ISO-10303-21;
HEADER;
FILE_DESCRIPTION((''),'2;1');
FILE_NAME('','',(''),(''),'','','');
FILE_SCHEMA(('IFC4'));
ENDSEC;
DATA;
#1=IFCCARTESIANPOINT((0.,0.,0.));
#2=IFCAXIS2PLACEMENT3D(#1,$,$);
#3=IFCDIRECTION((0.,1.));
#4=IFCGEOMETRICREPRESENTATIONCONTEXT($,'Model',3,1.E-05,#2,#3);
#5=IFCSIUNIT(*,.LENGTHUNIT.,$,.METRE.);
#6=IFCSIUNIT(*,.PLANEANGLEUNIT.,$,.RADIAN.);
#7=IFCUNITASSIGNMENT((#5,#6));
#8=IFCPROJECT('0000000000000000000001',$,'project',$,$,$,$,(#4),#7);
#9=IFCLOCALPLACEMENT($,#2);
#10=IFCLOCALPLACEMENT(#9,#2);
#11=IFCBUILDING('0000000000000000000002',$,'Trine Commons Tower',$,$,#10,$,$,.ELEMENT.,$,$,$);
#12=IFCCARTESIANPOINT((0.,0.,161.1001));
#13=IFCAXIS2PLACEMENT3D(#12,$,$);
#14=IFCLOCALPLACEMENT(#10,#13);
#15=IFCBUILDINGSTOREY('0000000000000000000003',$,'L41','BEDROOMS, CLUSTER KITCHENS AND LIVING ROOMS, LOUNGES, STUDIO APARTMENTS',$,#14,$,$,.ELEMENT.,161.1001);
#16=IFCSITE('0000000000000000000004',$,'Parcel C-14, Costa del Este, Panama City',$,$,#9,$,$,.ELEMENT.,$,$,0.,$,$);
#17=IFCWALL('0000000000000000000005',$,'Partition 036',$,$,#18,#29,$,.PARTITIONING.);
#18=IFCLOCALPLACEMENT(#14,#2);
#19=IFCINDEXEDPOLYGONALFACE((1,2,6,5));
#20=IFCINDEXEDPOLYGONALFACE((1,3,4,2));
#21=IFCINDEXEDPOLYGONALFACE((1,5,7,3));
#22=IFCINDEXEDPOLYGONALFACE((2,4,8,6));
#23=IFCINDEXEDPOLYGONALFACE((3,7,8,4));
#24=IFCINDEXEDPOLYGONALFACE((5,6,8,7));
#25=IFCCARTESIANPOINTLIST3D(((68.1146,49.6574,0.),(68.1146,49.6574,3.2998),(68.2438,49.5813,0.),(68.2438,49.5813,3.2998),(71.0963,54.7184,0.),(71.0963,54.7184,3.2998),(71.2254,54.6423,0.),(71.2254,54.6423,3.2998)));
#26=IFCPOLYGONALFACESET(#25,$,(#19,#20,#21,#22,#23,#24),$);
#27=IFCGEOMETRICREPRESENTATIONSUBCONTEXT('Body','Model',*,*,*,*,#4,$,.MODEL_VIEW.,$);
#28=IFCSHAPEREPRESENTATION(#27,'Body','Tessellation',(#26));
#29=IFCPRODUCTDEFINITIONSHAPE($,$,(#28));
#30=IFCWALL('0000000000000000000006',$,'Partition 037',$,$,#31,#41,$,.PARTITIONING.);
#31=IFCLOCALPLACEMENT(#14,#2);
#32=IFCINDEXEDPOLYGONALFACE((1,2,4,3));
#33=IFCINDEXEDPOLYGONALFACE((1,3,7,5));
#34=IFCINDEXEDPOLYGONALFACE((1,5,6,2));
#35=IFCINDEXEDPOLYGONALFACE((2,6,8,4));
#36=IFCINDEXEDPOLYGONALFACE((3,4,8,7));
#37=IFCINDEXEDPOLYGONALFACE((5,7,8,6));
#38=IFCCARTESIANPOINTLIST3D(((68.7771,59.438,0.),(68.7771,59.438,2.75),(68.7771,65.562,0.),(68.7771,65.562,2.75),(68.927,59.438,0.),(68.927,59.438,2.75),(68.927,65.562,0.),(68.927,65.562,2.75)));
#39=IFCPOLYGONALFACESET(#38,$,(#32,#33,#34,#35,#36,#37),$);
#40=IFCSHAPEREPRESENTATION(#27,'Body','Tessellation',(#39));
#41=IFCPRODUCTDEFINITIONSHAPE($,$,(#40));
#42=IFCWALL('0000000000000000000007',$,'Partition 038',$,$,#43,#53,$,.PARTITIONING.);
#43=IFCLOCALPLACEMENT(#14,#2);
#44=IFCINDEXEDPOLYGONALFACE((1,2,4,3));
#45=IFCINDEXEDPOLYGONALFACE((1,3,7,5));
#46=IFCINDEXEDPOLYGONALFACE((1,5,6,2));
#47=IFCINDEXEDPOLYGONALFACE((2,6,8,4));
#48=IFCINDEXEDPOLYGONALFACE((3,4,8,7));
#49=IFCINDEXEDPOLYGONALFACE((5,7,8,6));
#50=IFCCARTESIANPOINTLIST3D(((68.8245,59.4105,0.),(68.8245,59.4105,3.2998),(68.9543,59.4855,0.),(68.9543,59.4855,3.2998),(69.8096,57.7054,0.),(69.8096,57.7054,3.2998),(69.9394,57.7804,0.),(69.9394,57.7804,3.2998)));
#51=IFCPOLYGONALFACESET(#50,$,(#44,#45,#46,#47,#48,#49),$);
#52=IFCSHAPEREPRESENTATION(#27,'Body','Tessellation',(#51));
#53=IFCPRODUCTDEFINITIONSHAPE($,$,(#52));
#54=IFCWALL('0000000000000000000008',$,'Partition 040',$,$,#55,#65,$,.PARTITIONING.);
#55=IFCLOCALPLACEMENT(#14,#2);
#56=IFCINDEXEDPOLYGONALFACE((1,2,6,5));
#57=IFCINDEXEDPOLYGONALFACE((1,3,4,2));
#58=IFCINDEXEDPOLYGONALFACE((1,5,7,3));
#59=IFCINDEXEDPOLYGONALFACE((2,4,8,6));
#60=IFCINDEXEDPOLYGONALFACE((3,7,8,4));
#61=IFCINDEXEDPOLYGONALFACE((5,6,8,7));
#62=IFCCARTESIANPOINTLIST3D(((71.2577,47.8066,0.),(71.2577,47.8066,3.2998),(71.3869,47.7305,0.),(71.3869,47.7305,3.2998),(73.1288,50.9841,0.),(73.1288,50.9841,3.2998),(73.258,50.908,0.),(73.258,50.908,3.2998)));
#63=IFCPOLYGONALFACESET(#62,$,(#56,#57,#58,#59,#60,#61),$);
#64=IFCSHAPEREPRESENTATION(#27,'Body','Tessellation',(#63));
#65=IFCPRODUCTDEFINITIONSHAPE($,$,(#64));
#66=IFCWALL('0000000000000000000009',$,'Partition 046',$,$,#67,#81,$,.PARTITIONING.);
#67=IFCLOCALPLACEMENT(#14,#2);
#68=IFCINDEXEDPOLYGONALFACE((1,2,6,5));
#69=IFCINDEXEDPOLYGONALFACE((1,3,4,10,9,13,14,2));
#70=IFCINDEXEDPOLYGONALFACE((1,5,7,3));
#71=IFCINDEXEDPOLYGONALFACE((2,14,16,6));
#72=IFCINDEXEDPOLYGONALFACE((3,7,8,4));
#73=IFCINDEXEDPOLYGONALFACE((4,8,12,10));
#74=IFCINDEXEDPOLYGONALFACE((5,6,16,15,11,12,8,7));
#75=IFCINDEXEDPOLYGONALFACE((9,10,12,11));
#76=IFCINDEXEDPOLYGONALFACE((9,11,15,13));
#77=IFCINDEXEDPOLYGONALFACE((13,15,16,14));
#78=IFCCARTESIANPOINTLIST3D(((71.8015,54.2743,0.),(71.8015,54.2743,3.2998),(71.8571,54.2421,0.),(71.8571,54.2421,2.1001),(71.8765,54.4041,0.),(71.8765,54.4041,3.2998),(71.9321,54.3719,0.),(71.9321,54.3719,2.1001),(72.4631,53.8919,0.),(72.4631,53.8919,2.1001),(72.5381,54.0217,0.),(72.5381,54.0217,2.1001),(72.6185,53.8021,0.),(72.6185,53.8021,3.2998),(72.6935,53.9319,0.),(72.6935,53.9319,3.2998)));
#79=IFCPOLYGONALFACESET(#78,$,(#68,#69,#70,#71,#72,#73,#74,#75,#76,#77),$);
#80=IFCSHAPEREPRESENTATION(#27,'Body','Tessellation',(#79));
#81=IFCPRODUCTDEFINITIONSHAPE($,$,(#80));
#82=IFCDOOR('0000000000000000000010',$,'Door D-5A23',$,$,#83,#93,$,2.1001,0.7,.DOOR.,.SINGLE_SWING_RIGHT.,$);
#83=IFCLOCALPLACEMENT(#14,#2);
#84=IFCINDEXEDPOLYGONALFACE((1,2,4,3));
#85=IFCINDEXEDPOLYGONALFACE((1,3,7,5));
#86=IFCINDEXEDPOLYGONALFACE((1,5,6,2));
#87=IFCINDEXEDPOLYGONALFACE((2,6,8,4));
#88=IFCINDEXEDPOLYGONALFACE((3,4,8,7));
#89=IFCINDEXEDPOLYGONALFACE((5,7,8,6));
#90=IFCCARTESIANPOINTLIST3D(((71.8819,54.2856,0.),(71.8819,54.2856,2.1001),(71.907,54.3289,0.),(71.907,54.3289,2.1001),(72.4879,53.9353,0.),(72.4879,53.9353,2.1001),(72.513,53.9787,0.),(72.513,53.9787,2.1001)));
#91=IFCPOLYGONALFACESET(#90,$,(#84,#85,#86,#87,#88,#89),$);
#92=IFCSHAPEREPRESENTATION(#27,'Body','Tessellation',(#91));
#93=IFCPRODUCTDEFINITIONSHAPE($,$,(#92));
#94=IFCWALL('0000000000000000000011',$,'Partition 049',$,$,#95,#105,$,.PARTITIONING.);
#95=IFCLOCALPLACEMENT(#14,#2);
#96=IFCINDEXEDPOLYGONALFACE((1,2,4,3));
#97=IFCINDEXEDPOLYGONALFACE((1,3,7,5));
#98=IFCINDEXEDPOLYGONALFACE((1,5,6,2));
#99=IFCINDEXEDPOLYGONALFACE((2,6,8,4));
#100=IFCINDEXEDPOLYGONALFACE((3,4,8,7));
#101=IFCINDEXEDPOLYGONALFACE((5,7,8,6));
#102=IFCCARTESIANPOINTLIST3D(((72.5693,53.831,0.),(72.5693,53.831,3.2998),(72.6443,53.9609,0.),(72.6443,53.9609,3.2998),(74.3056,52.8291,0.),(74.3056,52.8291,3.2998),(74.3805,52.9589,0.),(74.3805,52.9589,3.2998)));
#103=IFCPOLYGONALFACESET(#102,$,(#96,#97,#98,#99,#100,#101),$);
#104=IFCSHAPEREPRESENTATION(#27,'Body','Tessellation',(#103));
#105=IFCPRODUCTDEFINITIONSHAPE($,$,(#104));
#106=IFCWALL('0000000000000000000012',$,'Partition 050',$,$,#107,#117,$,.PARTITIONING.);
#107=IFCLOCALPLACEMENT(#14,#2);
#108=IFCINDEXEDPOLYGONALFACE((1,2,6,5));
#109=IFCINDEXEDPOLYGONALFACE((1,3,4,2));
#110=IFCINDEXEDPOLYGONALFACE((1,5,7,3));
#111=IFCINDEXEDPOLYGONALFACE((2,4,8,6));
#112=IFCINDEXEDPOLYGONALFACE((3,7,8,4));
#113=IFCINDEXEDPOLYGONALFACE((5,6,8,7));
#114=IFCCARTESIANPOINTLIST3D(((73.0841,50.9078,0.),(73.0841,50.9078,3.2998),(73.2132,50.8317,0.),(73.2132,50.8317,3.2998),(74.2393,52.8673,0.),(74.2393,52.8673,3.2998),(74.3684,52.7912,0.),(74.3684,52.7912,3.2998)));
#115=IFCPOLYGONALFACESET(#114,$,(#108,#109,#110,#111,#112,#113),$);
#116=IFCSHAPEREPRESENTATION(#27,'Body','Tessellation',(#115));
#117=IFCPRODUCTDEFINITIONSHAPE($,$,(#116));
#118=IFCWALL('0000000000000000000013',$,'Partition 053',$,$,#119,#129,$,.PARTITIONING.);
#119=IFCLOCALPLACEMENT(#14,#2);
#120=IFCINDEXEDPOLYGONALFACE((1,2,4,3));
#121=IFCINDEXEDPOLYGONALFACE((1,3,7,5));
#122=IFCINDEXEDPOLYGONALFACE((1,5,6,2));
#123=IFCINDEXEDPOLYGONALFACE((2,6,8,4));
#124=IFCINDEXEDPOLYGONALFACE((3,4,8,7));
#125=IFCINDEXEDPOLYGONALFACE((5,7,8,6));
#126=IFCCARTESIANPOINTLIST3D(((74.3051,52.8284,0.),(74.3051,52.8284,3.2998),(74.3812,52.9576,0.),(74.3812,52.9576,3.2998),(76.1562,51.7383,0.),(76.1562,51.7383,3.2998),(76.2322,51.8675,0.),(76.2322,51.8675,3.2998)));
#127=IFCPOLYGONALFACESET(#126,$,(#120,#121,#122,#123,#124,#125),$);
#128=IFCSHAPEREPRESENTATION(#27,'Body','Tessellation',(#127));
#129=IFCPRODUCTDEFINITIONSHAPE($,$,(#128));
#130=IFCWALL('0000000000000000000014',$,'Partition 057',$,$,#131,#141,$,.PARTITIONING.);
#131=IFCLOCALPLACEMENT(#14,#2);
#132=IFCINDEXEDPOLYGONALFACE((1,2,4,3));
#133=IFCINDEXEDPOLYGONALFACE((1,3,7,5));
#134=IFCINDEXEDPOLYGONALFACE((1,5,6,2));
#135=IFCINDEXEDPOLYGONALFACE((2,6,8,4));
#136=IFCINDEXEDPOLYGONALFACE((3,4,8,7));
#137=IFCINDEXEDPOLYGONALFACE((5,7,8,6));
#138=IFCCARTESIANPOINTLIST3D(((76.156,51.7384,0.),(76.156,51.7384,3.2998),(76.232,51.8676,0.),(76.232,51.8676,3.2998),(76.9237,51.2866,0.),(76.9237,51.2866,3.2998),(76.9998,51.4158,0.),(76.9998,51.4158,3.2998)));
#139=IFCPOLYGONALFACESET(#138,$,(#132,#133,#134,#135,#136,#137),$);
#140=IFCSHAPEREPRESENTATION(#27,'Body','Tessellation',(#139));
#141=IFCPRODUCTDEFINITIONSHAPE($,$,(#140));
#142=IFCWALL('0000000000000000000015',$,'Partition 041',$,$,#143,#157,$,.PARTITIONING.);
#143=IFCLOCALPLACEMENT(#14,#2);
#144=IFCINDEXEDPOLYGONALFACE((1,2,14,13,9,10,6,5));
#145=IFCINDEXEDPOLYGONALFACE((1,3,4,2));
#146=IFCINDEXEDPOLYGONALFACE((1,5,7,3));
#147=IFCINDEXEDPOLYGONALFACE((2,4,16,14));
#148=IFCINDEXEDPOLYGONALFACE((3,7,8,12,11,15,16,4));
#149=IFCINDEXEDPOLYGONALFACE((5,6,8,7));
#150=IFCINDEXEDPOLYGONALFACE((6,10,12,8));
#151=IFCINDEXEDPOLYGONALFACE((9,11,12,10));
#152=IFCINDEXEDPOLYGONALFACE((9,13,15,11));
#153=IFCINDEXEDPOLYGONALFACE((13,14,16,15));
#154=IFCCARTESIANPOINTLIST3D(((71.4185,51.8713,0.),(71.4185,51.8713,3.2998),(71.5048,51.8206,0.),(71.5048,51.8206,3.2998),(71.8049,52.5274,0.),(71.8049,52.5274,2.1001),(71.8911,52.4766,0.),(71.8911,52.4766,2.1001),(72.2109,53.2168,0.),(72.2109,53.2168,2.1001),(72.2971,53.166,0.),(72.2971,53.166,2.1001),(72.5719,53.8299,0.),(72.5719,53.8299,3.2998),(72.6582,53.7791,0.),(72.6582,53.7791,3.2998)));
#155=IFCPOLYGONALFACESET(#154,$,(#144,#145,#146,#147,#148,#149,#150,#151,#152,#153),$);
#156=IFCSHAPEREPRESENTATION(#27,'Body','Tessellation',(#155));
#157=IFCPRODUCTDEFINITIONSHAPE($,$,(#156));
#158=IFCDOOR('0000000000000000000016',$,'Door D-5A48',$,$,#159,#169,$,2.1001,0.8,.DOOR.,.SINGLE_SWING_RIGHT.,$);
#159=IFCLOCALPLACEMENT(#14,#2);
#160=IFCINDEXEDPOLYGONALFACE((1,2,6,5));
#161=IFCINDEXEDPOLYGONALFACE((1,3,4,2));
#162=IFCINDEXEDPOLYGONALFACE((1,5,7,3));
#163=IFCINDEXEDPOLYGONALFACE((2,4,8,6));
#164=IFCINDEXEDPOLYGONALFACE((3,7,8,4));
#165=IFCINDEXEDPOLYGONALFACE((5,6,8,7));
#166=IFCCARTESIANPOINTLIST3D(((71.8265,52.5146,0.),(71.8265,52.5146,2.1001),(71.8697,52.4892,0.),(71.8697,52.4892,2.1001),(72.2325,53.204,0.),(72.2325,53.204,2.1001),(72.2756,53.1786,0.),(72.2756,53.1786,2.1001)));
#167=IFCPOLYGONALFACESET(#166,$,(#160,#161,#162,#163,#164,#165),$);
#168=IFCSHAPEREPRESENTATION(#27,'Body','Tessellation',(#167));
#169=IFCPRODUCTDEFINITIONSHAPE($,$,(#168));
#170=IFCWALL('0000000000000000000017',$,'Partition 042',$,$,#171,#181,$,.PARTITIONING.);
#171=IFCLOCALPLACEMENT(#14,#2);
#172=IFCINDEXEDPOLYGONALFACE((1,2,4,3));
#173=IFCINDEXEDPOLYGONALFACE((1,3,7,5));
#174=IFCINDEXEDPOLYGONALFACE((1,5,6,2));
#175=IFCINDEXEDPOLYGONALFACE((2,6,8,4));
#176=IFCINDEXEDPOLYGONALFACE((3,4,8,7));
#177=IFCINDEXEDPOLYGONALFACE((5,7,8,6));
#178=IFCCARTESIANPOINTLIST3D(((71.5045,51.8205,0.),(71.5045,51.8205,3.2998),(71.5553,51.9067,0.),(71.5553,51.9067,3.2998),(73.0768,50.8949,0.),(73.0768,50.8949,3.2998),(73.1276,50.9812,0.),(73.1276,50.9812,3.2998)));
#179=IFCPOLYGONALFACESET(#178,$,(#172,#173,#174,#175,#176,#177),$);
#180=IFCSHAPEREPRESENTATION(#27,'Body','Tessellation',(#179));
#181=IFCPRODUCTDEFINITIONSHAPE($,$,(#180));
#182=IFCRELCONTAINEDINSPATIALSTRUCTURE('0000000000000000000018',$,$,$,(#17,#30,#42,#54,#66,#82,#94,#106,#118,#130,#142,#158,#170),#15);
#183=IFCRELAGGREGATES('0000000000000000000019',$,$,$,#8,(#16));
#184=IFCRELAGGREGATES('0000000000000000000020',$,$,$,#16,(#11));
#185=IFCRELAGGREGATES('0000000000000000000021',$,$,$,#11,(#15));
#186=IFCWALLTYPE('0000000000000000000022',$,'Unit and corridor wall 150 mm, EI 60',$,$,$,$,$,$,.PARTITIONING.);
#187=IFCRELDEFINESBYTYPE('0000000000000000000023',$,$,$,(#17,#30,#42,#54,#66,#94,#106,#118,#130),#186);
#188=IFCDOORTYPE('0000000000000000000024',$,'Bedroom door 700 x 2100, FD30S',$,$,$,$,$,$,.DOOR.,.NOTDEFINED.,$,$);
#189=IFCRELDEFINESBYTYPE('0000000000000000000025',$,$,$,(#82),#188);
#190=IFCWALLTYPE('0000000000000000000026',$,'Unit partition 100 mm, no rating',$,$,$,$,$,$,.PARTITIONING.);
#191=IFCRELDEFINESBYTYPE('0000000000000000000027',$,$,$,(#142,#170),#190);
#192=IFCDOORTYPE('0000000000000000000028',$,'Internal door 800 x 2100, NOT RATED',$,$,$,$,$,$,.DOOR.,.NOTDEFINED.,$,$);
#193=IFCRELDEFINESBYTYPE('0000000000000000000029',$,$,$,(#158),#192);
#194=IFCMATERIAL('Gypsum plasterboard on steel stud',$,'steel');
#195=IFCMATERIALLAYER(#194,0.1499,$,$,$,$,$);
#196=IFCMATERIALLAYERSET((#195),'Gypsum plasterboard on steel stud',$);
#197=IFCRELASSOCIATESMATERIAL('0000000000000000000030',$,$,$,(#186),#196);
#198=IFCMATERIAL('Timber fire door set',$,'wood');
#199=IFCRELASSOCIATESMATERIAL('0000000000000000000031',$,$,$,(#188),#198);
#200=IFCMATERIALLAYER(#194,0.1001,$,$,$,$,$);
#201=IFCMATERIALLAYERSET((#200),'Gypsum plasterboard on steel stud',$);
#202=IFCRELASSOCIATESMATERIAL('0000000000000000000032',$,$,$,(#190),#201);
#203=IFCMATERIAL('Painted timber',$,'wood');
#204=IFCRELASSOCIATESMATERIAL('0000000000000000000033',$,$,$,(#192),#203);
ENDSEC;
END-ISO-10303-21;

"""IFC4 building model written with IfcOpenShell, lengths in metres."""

from ifc_helpers import new_model, si_unit, direction, frame, frame_2d, origin, place, context, subcontext, project, spatial, rectangle, extrude, material, layer, layer_set, type_object, element, fill, save


model = new_model("IFC4")

# Units and contexts
model_context = context("Model", 3, precision=1e-05, world=origin(), true_north=direction((0.0, 1.0)))
body_context = subcontext(model_context, "Body", "Model", "MODEL_VIEW")
ifc_project = project(units=[si_unit("LENGTHUNIT", "METRE"), si_unit("PLANEANGLEUNIT", "RADIAN")], contexts=[model_context])

# Site, building, storey
site_placement = place(None, origin())
site = spatial("IfcSite", under=ifc_project, at=site_placement, Name="Parcel C-14, Costa del Este, Panama City", CompositionType="ELEMENT", RefElevation=0.0)
building_placement = place(site_placement, origin())
building = spatial("IfcBuilding", under=site, at=building_placement, Name="Trine Commons Tower", CompositionType="ELEMENT")
storey_placement = place(building_placement, frame((0.0, 0.0, 161.1001)))
storey = spatial("IfcBuildingStorey", under=building, at=storey_placement, Name="L41", Description="BEDROOMS, CLUSTER KITCHENS AND LIVING ROOMS, LOUNGES, STUDIO APARTMENTS", CompositionType="ELEMENT", Elevation=161.1001)

# Shared definitions
ifc_material_1 = material(Name="Gypsum plasterboard on steel stud", Category="steel")
ifc_layer_1 = layer(ifc_material_1, 0.1499)
ifc_layer_set_1 = layer_set([ifc_layer_1], Name="Gypsum plasterboard on steel stud")
wall_type_1 = type_object("IfcWallType", Name="Unit and corridor wall 150 mm, EI 60", PredefinedType="PARTITIONING", material=ifc_layer_set_1)
ifc_material_2 = material(Name="Timber fire door set", Category="wood")

# Walls
wall_1_placement = place(storey_placement, frame((68.1792, 49.6194, 0.0), z_axis=(0.0, 0.0, 1.0), x_axis=(0.507603, 0.861591, 0.0)))
element("IfcWall", 1, at=wall_1_placement, inside=storey, type_object=wall_type_1, Name="Partition 036", PredefinedType="PARTITIONING", context=body_context, shape_type="SweptSolid", body=[
    extrude(rectangle(XDim=5.874, YDim=0.1499, at=frame_2d((2.937, 0.0))), origin(), (0.0, 0.0, 1.0), 3.2998),
])
wall_2_placement = place(storey_placement, frame((68.8521, 59.438, 0.0), z_axis=(0.0, 0.0, 1.0), x_axis=(0.0, 1.0, 0.0)))
element("IfcWall", 2, at=wall_2_placement, inside=storey, type_object=wall_type_1, Name="Partition 037", PredefinedType="PARTITIONING", context=body_context, shape_type="SweptSolid", body=[
    extrude(rectangle(XDim=6.124, YDim=0.1499, at=frame_2d((3.062, 0.0))), origin(), (0.0, 0.0, 1.0), 2.75),
])
wall_3_placement = place(storey_placement, frame((68.8894, 59.448, 0.0), z_axis=(0.0, 0.0, 1.0), x_axis=(0.500259, -0.865876, 0.0)))
element("IfcWall", 3, at=wall_3_placement, inside=storey, type_object=wall_type_1, Name="Partition 038", PredefinedType="PARTITIONING", context=body_context, shape_type="SweptSolid", body=[
    extrude(rectangle(XDim=1.9692, YDim=0.1499, at=frame_2d((0.9846, 0.0))), origin(), (0.0, 0.0, 1.0), 3.2998),
])
wall_4_placement = place(storey_placement, frame((71.3223, 47.7686, 0.0), z_axis=(0.0, 0.0, 1.0), x_axis=(0.507419, 0.861699, 0.0)))
element("IfcWall", 4, at=wall_4_placement, inside=storey, type_object=wall_type_1, Name="Partition 040", PredefinedType="PARTITIONING", context=body_context, shape_type="SweptSolid", body=[
    extrude(rectangle(XDim=3.6875, YDim=0.1499, at=frame_2d((1.8438, 0.0))), origin(), (0.0, 0.0, 1.0), 3.2998),
])

# Wall, opening, door
wall_5_placement = place(storey_placement, frame((71.8391, 54.3391, 0.0), z_axis=(0.0, 0.0, 1.0), x_axis=(0.86578, -0.500424, 0.0)))
wall_5 = element("IfcWall", 5, at=wall_5_placement, inside=storey, type_object=wall_type_1, Name="Partition 046", PredefinedType="PARTITIONING", context=body_context, shape_type="SweptSolid", body=[
    extrude(rectangle(XDim=0.9436, YDim=0.1499, at=frame_2d((0.4717, 0.0))), origin(), (0.0, 0.0, 1.0), 3.2998),
])
opening_1_placement = place(wall_5_placement, frame((0.064, 0.0, 0.0)))
opening_1 = element("IfcOpeningElement", 6, at=opening_1_placement, cuts=wall_5, PredefinedType="OPENING", context=body_context, shape_type="SweptSolid", body=[
    extrude(rectangle(XDim=0.7, YDim=2.1001, at=frame_2d((0.3501, 1.05))), frame((0.0, 0.085, 0.0), z_axis=(0.0, -1.0, 0.0), x_axis=(1.0, 0.0, 0.0)), (0.0, 0.0, 1.0), 0.1699),
])
door_type_1 = type_object("IfcDoorType", Name="Bedroom door 700 x 2100, FD30S", OperationType="NOTDEFINED", PredefinedType="DOOR", material=ifc_material_2)
door_1_placement = place(opening_1_placement, frame((0.7, 0.0, 0.0), z_axis=(0.0, 0.0, 1.0), x_axis=(-1.0, 0.0, 0.0)))
door_1 = element("IfcDoor", 7, at=door_1_placement, inside=storey, type_object=door_type_1, Name="Door D-5A23", OperationType="SINGLE_SWING_RIGHT", OverallHeight=2.1001, OverallWidth=0.7, PredefinedType="DOOR", context=body_context, shape_type="SweptSolid", body=[
    extrude(rectangle(XDim=0.7, YDim=2.1001, at=frame_2d((0.3501, 1.05))), frame((0.0, 0.0249, 0.0), z_axis=(0.0, -1.0, 0.0), x_axis=(1.0, 0.0, 0.0)), (0.0, 0.0, 1.0), 0.05),
])
fill(opening_1, door_1)

# Walls
wall_6_placement = place(storey_placement, frame((72.6067, 53.896, 0.0), z_axis=(0.0, 0.0, 1.0), x_axis=(0.866137, -0.499807, 0.0)))
element("IfcWall", 8, at=wall_6_placement, inside=storey, type_object=wall_type_1, Name="Partition 049", PredefinedType="PARTITIONING", context=body_context, shape_type="SweptSolid", body=[
    extrude(rectangle(XDim=2.0046, YDim=0.1499, at=frame_2d((1.0024, 0.0))), origin(), (0.0, 0.0, 1.0), 3.2998),
])
wall_7_placement = place(storey_placement, frame((73.1487, 50.8699, 0.0), z_axis=(0.0, 0.0, 1.0), x_axis=(0.507883, 0.861426, 0.0)))
element("IfcWall", 9, at=wall_7_placement, inside=storey, type_object=wall_type_1, Name="Partition 050", PredefinedType="PARTITIONING", context=body_context, shape_type="SweptSolid", body=[
    extrude(rectangle(XDim=2.2747, YDim=0.1499, at=frame_2d((1.1372, 0.0))), origin(), (0.0, 0.0, 1.0), 3.2998),
])
wall_8_placement = place(storey_placement, frame((74.343, 52.8931, 0.0), z_axis=(0.0, 0.0, 1.0), x_axis=(0.861686, -0.507442, 0.0)))
element("IfcWall", 10, at=wall_8_placement, inside=storey, type_object=wall_type_1, Name="Partition 053", PredefinedType="PARTITIONING", context=body_context, shape_type="SweptSolid", body=[
    extrude(rectangle(XDim=2.1482, YDim=0.1499, at=frame_2d((1.0742, 0.0))), origin(), (0.0, 0.0, 1.0), 3.2998),
])
wall_9_placement = place(storey_placement, frame((76.1941, 51.803, 0.0), z_axis=(0.0, 0.0, 1.0), x_axis=(0.861814, -0.507224, 0.0)))
element("IfcWall", 11, at=wall_9_placement, inside=storey, type_object=wall_type_1, Name="Partition 057", PredefinedType="PARTITIONING", context=body_context, shape_type="SweptSolid", body=[
    extrude(rectangle(XDim=0.8909, YDim=0.1499, at=frame_2d((0.4453, 0.0))), origin(), (0.0, 0.0, 1.0), 3.2998),
])

# Wall, opening, door
ifc_layer_2 = layer(ifc_material_1, 0.1001)
ifc_layer_set_2 = layer_set([ifc_layer_2], Name="Gypsum plasterboard on steel stud")
wall_type_2 = type_object("IfcWallType", Name="Unit partition 100 mm, no rating", PredefinedType="PARTITIONING", material=ifc_layer_set_2)
wall_10_placement = place(storey_placement, frame((71.4617, 51.8459, 0.0), z_axis=(0.0, 0.0, 1.0), x_axis=(0.507433, 0.861691, 0.0)))
wall_10 = element("IfcWall", 12, at=wall_10_placement, inside=storey, type_object=wall_type_2, Name="Partition 041", PredefinedType="PARTITIONING", context=body_context, shape_type="SweptSolid", body=[
    extrude(rectangle(XDim=2.2729, YDim=0.1001, at=frame_2d((1.1365, 0.0))), origin(), (0.0, 0.0, 1.0), 3.2998),
])
opening_2_placement = place(wall_10_placement, frame((0.7615, 0.0, 0.0)))
opening_2 = element("IfcOpeningElement", 13, at=opening_2_placement, cuts=wall_10, PredefinedType="OPENING", context=body_context, shape_type="SweptSolid", body=[
    extrude(rectangle(XDim=0.8, YDim=2.1001, at=frame_2d((0.3999, 1.05))), frame((0.0, 0.0601, 0.0), z_axis=(0.0, -1.0, 0.0), x_axis=(1.0, 0.0, 0.0)), (0.0, 0.0, 1.0), 0.1201),
])
ifc_material_3 = material(Name="Painted timber", Category="wood")
door_type_2 = type_object("IfcDoorType", Name="Internal door 800 x 2100, NOT RATED", OperationType="NOTDEFINED", PredefinedType="DOOR", material=ifc_material_3)
door_2_placement = place(opening_2_placement, origin())
door_2 = element("IfcDoor", 14, at=door_2_placement, inside=storey, type_object=door_type_2, Name="Door D-5A48", OperationType="SINGLE_SWING_RIGHT", OverallHeight=2.1001, OverallWidth=0.8, PredefinedType="DOOR", context=body_context, shape_type="SweptSolid", body=[
    extrude(rectangle(XDim=0.8, YDim=2.1001, at=frame_2d((0.3999, 1.05))), frame((0.0, 0.0249, 0.0), z_axis=(0.0, -1.0, 0.0), x_axis=(1.0, 0.0, 0.0)), (0.0, 0.0, 1.0), 0.05),
])
fill(opening_2, door_2)

# Wall
wall_11_placement = place(storey_placement, frame((71.53, 51.8635, 0.0), z_axis=(0.0, 0.0, 1.0), x_axis=(0.861772, -0.507295, 0.0)))
element("IfcWall", 15, at=wall_11_placement, inside=storey, type_object=wall_type_2, Name="Partition 042", PredefinedType="PARTITIONING", context=body_context, shape_type="SweptSolid", body=[
    extrude(rectangle(XDim=1.8245, YDim=0.1001, at=frame_2d((0.9121, 0.0))), origin(), (0.0, 0.0, 1.0), 3.2998),
])

save(model, "model.ifc")
